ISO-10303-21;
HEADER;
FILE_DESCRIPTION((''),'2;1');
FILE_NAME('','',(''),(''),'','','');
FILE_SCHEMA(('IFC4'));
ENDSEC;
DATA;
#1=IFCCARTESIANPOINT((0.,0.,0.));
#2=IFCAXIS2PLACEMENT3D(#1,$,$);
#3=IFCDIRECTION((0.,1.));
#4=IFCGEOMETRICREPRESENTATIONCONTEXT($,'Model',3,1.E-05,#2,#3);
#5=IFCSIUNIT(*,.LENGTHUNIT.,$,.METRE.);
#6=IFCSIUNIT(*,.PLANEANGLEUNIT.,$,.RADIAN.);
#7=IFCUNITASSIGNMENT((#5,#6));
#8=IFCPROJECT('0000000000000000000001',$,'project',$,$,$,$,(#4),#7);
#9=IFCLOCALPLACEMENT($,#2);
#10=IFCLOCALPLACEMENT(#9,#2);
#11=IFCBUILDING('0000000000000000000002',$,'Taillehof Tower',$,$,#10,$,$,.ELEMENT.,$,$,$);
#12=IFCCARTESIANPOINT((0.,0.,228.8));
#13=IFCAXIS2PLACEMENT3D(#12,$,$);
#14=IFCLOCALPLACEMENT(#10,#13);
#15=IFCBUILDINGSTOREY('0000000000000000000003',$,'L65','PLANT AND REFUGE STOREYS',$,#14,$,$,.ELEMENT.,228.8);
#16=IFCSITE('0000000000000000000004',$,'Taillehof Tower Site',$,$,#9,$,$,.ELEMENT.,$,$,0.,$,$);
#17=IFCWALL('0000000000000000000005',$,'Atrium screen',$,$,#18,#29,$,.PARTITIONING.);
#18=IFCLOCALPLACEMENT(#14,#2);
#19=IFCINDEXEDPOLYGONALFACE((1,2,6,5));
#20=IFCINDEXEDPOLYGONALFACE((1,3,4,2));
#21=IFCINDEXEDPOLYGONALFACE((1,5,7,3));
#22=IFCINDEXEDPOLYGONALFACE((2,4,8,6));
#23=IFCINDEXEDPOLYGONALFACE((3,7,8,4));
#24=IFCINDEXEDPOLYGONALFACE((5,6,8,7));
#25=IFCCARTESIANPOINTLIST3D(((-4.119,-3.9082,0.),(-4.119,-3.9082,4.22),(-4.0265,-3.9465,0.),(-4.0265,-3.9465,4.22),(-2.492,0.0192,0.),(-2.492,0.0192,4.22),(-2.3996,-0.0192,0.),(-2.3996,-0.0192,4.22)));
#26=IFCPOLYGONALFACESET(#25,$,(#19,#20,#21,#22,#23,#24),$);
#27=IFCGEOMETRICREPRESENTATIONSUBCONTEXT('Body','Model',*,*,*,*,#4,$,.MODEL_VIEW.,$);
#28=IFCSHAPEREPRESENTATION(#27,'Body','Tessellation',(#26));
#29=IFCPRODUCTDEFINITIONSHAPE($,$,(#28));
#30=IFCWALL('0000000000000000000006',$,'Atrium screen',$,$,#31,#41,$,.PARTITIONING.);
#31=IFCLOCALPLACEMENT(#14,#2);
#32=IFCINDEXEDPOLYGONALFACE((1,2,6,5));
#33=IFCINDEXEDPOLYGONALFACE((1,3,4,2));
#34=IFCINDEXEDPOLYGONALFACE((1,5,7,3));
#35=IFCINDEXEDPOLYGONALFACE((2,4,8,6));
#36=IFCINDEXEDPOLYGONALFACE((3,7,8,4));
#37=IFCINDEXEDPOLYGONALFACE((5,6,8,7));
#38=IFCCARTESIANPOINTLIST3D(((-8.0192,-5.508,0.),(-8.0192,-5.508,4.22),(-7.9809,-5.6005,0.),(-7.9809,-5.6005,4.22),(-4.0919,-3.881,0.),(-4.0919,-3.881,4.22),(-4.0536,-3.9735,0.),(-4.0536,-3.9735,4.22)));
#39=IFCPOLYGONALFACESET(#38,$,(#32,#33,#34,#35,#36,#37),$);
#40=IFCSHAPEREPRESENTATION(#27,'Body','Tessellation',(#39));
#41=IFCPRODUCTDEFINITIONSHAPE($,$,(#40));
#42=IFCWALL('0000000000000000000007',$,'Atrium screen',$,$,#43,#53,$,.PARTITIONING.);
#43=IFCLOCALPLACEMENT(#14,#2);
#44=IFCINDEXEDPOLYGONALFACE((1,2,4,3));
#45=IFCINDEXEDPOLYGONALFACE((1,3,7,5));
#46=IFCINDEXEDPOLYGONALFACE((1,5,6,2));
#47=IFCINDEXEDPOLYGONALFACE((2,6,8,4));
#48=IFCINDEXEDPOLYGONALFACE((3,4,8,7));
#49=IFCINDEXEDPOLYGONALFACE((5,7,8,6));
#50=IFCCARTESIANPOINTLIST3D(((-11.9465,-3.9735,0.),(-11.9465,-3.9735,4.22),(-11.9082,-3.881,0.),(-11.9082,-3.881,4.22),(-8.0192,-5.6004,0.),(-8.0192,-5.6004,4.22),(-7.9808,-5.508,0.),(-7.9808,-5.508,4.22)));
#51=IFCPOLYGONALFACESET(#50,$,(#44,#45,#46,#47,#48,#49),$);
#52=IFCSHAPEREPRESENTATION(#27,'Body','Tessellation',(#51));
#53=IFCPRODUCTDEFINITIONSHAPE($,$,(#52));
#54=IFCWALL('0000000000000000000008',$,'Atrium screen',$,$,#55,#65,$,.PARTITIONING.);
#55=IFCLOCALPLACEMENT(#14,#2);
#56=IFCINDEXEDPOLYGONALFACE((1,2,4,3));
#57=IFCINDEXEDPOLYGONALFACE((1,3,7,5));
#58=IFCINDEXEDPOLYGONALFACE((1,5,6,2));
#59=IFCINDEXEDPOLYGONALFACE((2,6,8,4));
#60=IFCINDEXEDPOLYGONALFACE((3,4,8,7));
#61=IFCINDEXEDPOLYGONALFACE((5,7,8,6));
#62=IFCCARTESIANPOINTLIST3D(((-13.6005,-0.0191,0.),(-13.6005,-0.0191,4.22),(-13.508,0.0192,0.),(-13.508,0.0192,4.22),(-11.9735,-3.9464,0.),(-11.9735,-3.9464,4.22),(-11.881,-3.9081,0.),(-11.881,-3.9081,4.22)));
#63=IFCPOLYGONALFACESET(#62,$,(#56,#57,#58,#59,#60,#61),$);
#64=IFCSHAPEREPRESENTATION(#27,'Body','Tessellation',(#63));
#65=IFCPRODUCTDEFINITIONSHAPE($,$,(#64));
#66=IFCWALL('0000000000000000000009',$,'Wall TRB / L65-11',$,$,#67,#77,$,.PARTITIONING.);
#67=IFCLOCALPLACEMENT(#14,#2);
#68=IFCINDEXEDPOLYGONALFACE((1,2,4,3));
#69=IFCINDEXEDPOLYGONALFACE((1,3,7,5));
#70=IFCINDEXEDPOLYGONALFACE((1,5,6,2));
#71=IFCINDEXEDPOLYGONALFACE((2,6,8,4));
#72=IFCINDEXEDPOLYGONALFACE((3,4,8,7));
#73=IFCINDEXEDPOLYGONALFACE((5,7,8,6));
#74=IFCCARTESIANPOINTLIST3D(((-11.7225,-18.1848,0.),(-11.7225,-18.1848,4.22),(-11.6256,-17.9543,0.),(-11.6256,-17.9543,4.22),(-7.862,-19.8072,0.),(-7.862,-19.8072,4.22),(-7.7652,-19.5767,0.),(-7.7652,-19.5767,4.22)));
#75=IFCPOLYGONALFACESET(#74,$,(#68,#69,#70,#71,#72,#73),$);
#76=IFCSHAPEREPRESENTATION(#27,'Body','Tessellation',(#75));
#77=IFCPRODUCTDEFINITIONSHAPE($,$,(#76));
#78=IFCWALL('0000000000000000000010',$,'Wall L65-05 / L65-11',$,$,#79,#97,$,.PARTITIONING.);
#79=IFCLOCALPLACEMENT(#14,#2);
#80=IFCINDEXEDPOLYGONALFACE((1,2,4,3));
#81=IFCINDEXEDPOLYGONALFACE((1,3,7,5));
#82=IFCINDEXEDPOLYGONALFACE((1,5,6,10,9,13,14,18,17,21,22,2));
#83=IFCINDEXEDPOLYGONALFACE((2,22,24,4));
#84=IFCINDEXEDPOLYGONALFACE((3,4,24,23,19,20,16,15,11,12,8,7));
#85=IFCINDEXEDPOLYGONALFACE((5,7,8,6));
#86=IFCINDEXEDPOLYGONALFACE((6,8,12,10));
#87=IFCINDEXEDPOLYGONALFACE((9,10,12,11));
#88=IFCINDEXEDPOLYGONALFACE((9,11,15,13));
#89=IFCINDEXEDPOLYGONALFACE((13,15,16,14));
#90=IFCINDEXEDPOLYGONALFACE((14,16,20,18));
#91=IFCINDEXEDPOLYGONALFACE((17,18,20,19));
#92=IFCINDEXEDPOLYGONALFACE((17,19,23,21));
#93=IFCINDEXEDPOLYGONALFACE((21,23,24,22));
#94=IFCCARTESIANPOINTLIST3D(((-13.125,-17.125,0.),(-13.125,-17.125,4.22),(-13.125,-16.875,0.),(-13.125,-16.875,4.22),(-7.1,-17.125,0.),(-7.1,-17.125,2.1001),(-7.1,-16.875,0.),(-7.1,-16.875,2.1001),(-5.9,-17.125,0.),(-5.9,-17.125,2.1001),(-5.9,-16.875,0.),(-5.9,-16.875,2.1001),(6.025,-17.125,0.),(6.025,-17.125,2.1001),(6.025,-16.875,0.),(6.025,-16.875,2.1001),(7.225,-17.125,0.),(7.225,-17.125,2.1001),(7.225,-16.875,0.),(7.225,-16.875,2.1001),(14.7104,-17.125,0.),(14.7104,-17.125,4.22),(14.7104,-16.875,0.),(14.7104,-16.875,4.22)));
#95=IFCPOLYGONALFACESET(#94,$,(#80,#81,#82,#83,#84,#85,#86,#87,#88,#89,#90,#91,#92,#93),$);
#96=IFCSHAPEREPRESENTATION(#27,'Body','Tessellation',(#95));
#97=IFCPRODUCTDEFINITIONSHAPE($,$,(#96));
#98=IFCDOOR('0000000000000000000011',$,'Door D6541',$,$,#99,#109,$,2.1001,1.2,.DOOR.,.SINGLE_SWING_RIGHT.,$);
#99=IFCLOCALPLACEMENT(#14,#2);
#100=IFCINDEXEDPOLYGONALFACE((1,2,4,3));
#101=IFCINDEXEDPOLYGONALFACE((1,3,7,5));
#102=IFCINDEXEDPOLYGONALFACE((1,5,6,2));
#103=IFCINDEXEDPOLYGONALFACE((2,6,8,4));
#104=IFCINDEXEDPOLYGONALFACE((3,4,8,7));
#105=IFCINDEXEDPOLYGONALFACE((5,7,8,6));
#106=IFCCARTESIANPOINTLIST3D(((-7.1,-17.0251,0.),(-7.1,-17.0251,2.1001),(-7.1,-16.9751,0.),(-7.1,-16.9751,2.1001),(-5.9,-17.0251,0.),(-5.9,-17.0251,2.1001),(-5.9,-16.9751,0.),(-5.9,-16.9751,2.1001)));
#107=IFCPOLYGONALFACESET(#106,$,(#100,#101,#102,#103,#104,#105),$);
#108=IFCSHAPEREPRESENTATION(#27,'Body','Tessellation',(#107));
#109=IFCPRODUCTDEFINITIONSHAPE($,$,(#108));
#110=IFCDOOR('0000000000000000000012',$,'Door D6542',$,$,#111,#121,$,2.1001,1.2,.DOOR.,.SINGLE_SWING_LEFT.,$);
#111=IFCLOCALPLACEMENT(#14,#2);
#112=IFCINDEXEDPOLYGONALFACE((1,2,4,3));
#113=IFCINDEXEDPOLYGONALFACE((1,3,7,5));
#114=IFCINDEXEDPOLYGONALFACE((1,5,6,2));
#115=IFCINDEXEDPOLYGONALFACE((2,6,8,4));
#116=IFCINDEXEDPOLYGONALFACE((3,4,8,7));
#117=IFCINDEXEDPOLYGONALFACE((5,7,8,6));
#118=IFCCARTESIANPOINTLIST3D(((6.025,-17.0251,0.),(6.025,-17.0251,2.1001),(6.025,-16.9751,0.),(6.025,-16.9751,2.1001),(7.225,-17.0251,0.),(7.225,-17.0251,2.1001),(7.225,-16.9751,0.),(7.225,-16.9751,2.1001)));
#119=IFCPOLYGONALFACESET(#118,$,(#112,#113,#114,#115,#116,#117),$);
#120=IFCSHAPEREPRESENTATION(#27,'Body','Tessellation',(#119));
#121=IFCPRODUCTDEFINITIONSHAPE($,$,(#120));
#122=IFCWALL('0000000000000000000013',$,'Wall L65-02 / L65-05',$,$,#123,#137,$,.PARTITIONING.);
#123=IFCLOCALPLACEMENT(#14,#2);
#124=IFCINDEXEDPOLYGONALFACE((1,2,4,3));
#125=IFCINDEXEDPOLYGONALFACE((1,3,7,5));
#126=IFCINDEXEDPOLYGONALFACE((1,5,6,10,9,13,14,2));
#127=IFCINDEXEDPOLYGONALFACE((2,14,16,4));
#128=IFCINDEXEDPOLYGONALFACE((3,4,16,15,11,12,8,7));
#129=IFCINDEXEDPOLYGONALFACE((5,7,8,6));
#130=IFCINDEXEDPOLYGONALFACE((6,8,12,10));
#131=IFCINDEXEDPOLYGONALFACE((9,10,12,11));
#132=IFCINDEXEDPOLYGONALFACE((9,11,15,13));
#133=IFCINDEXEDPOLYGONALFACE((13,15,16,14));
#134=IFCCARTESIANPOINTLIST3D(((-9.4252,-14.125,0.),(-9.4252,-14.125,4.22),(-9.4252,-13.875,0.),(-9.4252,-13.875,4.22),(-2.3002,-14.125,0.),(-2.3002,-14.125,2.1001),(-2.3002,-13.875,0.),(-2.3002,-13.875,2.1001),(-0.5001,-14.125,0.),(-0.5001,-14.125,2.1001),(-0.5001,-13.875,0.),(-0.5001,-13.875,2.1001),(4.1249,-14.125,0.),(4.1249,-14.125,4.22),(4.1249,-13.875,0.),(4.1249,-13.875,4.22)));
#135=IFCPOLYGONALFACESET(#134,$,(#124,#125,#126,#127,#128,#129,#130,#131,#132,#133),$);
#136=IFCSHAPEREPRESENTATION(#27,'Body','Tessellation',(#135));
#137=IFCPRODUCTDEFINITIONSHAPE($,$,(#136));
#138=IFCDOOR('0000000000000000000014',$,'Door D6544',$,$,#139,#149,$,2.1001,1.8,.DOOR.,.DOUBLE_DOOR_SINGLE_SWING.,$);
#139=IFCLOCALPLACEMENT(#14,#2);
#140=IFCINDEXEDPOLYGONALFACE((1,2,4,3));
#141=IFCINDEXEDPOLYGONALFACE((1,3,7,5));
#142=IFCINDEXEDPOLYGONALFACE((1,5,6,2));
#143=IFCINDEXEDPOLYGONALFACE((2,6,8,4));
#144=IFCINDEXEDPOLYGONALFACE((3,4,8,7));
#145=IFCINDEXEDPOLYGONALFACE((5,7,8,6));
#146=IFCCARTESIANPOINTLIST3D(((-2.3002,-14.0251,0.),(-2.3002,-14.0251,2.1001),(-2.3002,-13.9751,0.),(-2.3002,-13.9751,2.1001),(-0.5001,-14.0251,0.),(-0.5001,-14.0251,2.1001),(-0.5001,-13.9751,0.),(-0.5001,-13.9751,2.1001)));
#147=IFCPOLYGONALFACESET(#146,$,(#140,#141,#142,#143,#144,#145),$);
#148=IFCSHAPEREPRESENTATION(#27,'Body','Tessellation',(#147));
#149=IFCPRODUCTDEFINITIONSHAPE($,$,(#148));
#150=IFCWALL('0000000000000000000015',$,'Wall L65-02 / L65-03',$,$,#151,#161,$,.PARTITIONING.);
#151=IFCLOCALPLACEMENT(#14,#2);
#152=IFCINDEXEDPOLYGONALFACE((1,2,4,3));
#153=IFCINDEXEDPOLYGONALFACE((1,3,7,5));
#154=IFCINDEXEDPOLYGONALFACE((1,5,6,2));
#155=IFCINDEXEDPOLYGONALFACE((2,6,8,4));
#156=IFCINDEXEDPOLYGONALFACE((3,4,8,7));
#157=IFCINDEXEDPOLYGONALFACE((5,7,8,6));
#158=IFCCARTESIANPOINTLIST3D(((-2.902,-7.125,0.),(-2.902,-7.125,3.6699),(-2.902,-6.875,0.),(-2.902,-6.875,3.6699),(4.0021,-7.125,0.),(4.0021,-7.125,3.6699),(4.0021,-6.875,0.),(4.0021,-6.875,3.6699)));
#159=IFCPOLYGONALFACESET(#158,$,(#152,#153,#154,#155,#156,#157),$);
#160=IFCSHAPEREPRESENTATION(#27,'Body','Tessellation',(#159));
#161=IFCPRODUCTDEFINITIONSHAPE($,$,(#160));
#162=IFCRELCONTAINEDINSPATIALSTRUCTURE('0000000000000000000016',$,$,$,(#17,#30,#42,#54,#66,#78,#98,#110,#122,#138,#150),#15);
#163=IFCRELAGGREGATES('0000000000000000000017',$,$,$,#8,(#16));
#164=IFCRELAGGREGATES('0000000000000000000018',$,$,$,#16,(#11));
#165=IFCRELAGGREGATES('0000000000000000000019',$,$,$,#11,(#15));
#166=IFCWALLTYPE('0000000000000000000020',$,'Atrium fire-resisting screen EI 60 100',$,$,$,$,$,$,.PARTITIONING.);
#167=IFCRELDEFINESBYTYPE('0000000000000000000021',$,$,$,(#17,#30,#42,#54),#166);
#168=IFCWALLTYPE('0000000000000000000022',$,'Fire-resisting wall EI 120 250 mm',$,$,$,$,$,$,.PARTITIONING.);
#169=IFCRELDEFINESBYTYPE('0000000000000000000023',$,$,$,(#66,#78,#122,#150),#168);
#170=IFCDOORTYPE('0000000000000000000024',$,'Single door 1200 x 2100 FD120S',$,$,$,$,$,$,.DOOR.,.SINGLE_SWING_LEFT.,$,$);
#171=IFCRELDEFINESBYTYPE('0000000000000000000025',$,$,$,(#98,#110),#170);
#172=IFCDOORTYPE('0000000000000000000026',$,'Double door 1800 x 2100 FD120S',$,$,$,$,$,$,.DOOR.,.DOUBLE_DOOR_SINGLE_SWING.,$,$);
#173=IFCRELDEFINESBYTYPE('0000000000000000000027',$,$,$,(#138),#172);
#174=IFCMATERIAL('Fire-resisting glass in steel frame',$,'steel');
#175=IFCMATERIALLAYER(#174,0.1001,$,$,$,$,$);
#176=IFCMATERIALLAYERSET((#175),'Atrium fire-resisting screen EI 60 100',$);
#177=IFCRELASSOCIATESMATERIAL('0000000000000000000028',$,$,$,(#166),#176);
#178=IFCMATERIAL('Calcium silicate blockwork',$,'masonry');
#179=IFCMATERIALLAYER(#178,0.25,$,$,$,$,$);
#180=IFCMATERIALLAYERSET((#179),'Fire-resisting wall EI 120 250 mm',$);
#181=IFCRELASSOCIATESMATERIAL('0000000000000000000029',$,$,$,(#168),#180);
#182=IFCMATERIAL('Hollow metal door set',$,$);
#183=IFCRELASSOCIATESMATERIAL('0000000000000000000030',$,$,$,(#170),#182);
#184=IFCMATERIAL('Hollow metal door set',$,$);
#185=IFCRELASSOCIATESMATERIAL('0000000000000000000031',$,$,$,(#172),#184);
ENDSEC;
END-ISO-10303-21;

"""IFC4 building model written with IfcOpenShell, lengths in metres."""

from ifc_helpers import new_model, si_unit, direction, frame, frame_2d, origin, place, context, subcontext, project, spatial, rectangle, extrude, material, layer, layer_set, type_object, element, fill, save


model = new_model("IFC4")

# Units and contexts
model_context = context("Model", 3, precision=1e-05, world=origin(), true_north=direction((0.0, 1.0)))
body_context = subcontext(model_context, "Body", "Model", "MODEL_VIEW")
ifc_project = project(units=[si_unit("LENGTHUNIT", "METRE"), si_unit("PLANEANGLEUNIT", "RADIAN")], contexts=[model_context])

# Site, building, storey
site_placement = place(None, origin())
site = spatial("IfcSite", under=ifc_project, at=site_placement, Name="Taillehof Tower Site", CompositionType="ELEMENT", RefElevation=0.0)
building_placement = place(site_placement, origin())
building = spatial("IfcBuilding", under=site, at=building_placement, Name="Taillehof Tower", CompositionType="ELEMENT")
storey_placement = place(building_placement, frame((0.0, 0.0, 228.8)))
storey = spatial("IfcBuildingStorey", under=building, at=storey_placement, Name="L65", Description="PLANT AND REFUGE STOREYS", CompositionType="ELEMENT", Elevation=228.8)

# Walls
ifc_material_1 = material(Name="Fire-resisting glass in steel frame", Category="steel")
ifc_layer_1 = layer(ifc_material_1, 0.1001)
ifc_layer_set_1 = layer_set([ifc_layer_1], Name="Atrium fire-resisting screen EI 60 100")
wall_type_1 = type_object("IfcWallType", Name="Atrium fire-resisting screen EI 60 100", PredefinedType="PARTITIONING", material=ifc_layer_set_1)
for number, where, z_axis, x_axis, name in (
    (1, (-2.4458, 0.0, 0.0), (0.0, 0.0, 1.0), (-0.382731, -0.92386, 0.0), "Atrium screen"),
    (2, (-4.0728, -3.9272, 0.0), (0.0, 0.0, 1.0), (-0.92386, -0.382731, 0.0), "Atrium screen"),
    (3, (-8.0, -5.5542, 0.0), (0.0, 0.0, 1.0), (-0.92386, 0.382731, 0.0), "Atrium screen"),
    (4, (-11.9272, -3.9272, 0.0), (0.0, 0.0, 1.0), (-0.382731, 0.92386, 0.0), "Atrium screen"),
):
    element("IfcWall", number, at=place(storey_placement, frame(where, z_axis=z_axis, x_axis=x_axis)), inside=storey, type_object=wall_type_1, Name=name, PredefinedType="PARTITIONING", context=body_context, shape_type="SweptSolid", body=[
        extrude(rectangle(XDim=4.251, YDim=0.1001, at=frame_2d((2.1255, 0.0))), origin(), (0.0, 0.0, 1.0), 4.22),
    ])
ifc_material_2 = material(Name="Calcium silicate blockwork", Category="masonry")
ifc_layer_2 = layer(ifc_material_2, 0.25)
ifc_layer_set_2 = layer_set([ifc_layer_2], Name="Fire-resisting wall EI 120 250 mm")
wall_type_2 = type_object("IfcWallType", Name="Fire-resisting wall EI 120 250 mm", PredefinedType="PARTITIONING", material=ifc_layer_set_2)
wall_1_placement = place(storey_placement, frame((-11.6741, -18.0696, 0.0), z_axis=(0.0, 0.0, 1.0), x_axis=(0.9219, -0.387429, 0.0)))
element("IfcWall", 5, at=wall_1_placement, inside=storey, type_object=wall_type_2, Name="Wall TRB / L65-11", PredefinedType="PARTITIONING", context=body_context, shape_type="SweptSolid", body=[
    extrude(rectangle(XDim=4.1875, YDim=0.25, at=frame_2d((2.0938, 0.0))), origin(), (0.0, 0.0, 1.0), 4.22),
])

# Wall, openings, doors
wall_2_placement = place(storey_placement, frame((-13.125, -17.0, 0.0), z_axis=(0.0, 0.0, 1.0), x_axis=(1.0, 0.0, 0.0)))
wall_2 = element("IfcWall", 6, at=wall_2_placement, inside=storey, type_object=wall_type_2, Name="Wall L65-05 / L65-11", PredefinedType="PARTITIONING", context=body_context, shape_type="SweptSolid", body=[
    extrude(rectangle(XDim=27.8354, YDim=0.25, at=frame_2d((13.9177, 0.0))), origin(), (0.0, 0.0, 1.0), 4.22),
])
opening_1_placement = place(wall_2_placement, frame((6.0249, 0.0, 0.0)))
opening_1 = element("IfcOpeningElement", 7, at=opening_1_placement, cuts=wall_2, PredefinedType="OPENING", context=body_context, shape_type="SweptSolid", body=[
    extrude(rectangle(XDim=1.2, YDim=2.1001, at=frame_2d((0.6001, 1.05))), frame((0.0, 0.135, 0.0), z_axis=(0.0, -1.0, 0.0), x_axis=(1.0, 0.0, 0.0)), (0.0, 0.0, 1.0), 0.27),
])
opening_2_placement = place(wall_2_placement, frame((19.1499, 0.0, 0.0)))
opening_2 = element("IfcOpeningElement", 8, at=opening_2_placement, cuts=wall_2, PredefinedType="OPENING", context=body_context, shape_type="SweptSolid", body=[
    extrude(rectangle(XDim=1.2, YDim=2.1001, at=frame_2d((0.6001, 1.05))), frame((0.0, 0.135, 0.0), z_axis=(0.0, -1.0, 0.0), x_axis=(1.0, 0.0, 0.0)), (0.0, 0.0, 1.0), 0.27),
])
ifc_material_3 = material(Name="Hollow metal door set")
door_type_1 = type_object("IfcDoorType", Name="Single door 1200 x 2100 FD120S", OperationType="SINGLE_SWING_LEFT", PredefinedType="DOOR", material=ifc_material_3)
door_1_placement = place(opening_1_placement, origin())
door_1 = element("IfcDoor", 9, at=door_1_placement, inside=storey, type_object=door_type_1, Name="Door D6541", OperationType="SINGLE_SWING_RIGHT", OverallHeight=2.1001, OverallWidth=1.2, PredefinedType="DOOR", context=body_context, shape_type="SweptSolid", body=[
    extrude(rectangle(XDim=1.2, YDim=2.1001, at=frame_2d((0.6001, 1.05))), frame((0.0, 0.0249, 0.0), z_axis=(0.0, -1.0, 0.0), x_axis=(1.0, 0.0, 0.0)), (0.0, 0.0, 1.0), 0.05),
])
fill(opening_1, door_1)
door_2_placement = place(opening_2_placement, origin())
door_2 = element("IfcDoor", 10, at=door_2_placement, inside=storey, type_object=door_type_1, Name="Door D6542", OperationType="SINGLE_SWING_LEFT", OverallHeight=2.1001, OverallWidth=1.2, PredefinedType="DOOR", context=body_context, shape_type="SweptSolid", body=[
    extrude(rectangle(XDim=1.2, YDim=2.1001, at=frame_2d((0.6001, 1.05))), frame((0.0, 0.0249, 0.0), z_axis=(0.0, -1.0, 0.0), x_axis=(1.0, 0.0, 0.0)), (0.0, 0.0, 1.0), 0.05),
])
fill(opening_2, door_2)

# Wall, opening, door
wall_3_placement = place(storey_placement, frame((-9.425, -14.0, 0.0), z_axis=(0.0, 0.0, 1.0), x_axis=(1.0, 0.0, 0.0)))
wall_3 = element("IfcWall", 11, at=wall_3_placement, inside=storey, type_object=wall_type_2, Name="Wall L65-02 / L65-05", PredefinedType="PARTITIONING", context=body_context, shape_type="SweptSolid", body=[
    extrude(rectangle(XDim=13.55, YDim=0.25, at=frame_2d((6.7749, 0.0))), origin(), (0.0, 0.0, 1.0), 4.22),
])
opening_3_placement = place(wall_3_placement, frame((7.125, 0.0, 0.0)))
opening_3 = element("IfcOpeningElement", 12, at=opening_3_placement, cuts=wall_3, PredefinedType="OPENING", context=body_context, shape_type="SweptSolid", body=[
    extrude(rectangle(XDim=1.8, YDim=2.1001, at=frame_2d((0.8999, 1.05))), frame((0.0, 0.135, 0.0), z_axis=(0.0, -1.0, 0.0), x_axis=(1.0, 0.0, 0.0)), (0.0, 0.0, 1.0), 0.27),
])
ifc_material_4 = material(Name="Hollow metal door set")
door_type_2 = type_object("IfcDoorType", Name="Double door 1800 x 2100 FD120S", OperationType="DOUBLE_DOOR_SINGLE_SWING", PredefinedType="DOOR", material=ifc_material_4)
door_3_placement = place(opening_3_placement, origin())
door_3 = element("IfcDoor", 13, at=door_3_placement, inside=storey, type_object=door_type_2, Name="Door D6544", OperationType="DOUBLE_DOOR_SINGLE_SWING", OverallHeight=2.1001, OverallWidth=1.8, PredefinedType="DOOR", context=body_context, shape_type="SweptSolid", body=[
    extrude(rectangle(XDim=1.8, YDim=2.1001, at=frame_2d((0.8999, 1.05))), frame((0.0, 0.0249, 0.0), z_axis=(0.0, -1.0, 0.0), x_axis=(1.0, 0.0, 0.0)), (0.0, 0.0, 1.0), 0.05),
])
fill(opening_3, door_3)

# Wall
wall_4_placement = place(storey_placement, frame((-2.9021, -7.0, 0.0), z_axis=(0.0, 0.0, 1.0), x_axis=(1.0, 0.0, 0.0)))
element("IfcWall", 14, at=wall_4_placement, inside=storey, type_object=wall_type_2, Name="Wall L65-02 / L65-03", PredefinedType="PARTITIONING", context=body_context, shape_type="SweptSolid", body=[
    extrude(rectangle(XDim=6.9041, YDim=0.25, at=frame_2d((3.4521, 0.0))), origin(), (0.0, 0.0, 1.0), 3.6699),
])

save(model, "model.ifc")
